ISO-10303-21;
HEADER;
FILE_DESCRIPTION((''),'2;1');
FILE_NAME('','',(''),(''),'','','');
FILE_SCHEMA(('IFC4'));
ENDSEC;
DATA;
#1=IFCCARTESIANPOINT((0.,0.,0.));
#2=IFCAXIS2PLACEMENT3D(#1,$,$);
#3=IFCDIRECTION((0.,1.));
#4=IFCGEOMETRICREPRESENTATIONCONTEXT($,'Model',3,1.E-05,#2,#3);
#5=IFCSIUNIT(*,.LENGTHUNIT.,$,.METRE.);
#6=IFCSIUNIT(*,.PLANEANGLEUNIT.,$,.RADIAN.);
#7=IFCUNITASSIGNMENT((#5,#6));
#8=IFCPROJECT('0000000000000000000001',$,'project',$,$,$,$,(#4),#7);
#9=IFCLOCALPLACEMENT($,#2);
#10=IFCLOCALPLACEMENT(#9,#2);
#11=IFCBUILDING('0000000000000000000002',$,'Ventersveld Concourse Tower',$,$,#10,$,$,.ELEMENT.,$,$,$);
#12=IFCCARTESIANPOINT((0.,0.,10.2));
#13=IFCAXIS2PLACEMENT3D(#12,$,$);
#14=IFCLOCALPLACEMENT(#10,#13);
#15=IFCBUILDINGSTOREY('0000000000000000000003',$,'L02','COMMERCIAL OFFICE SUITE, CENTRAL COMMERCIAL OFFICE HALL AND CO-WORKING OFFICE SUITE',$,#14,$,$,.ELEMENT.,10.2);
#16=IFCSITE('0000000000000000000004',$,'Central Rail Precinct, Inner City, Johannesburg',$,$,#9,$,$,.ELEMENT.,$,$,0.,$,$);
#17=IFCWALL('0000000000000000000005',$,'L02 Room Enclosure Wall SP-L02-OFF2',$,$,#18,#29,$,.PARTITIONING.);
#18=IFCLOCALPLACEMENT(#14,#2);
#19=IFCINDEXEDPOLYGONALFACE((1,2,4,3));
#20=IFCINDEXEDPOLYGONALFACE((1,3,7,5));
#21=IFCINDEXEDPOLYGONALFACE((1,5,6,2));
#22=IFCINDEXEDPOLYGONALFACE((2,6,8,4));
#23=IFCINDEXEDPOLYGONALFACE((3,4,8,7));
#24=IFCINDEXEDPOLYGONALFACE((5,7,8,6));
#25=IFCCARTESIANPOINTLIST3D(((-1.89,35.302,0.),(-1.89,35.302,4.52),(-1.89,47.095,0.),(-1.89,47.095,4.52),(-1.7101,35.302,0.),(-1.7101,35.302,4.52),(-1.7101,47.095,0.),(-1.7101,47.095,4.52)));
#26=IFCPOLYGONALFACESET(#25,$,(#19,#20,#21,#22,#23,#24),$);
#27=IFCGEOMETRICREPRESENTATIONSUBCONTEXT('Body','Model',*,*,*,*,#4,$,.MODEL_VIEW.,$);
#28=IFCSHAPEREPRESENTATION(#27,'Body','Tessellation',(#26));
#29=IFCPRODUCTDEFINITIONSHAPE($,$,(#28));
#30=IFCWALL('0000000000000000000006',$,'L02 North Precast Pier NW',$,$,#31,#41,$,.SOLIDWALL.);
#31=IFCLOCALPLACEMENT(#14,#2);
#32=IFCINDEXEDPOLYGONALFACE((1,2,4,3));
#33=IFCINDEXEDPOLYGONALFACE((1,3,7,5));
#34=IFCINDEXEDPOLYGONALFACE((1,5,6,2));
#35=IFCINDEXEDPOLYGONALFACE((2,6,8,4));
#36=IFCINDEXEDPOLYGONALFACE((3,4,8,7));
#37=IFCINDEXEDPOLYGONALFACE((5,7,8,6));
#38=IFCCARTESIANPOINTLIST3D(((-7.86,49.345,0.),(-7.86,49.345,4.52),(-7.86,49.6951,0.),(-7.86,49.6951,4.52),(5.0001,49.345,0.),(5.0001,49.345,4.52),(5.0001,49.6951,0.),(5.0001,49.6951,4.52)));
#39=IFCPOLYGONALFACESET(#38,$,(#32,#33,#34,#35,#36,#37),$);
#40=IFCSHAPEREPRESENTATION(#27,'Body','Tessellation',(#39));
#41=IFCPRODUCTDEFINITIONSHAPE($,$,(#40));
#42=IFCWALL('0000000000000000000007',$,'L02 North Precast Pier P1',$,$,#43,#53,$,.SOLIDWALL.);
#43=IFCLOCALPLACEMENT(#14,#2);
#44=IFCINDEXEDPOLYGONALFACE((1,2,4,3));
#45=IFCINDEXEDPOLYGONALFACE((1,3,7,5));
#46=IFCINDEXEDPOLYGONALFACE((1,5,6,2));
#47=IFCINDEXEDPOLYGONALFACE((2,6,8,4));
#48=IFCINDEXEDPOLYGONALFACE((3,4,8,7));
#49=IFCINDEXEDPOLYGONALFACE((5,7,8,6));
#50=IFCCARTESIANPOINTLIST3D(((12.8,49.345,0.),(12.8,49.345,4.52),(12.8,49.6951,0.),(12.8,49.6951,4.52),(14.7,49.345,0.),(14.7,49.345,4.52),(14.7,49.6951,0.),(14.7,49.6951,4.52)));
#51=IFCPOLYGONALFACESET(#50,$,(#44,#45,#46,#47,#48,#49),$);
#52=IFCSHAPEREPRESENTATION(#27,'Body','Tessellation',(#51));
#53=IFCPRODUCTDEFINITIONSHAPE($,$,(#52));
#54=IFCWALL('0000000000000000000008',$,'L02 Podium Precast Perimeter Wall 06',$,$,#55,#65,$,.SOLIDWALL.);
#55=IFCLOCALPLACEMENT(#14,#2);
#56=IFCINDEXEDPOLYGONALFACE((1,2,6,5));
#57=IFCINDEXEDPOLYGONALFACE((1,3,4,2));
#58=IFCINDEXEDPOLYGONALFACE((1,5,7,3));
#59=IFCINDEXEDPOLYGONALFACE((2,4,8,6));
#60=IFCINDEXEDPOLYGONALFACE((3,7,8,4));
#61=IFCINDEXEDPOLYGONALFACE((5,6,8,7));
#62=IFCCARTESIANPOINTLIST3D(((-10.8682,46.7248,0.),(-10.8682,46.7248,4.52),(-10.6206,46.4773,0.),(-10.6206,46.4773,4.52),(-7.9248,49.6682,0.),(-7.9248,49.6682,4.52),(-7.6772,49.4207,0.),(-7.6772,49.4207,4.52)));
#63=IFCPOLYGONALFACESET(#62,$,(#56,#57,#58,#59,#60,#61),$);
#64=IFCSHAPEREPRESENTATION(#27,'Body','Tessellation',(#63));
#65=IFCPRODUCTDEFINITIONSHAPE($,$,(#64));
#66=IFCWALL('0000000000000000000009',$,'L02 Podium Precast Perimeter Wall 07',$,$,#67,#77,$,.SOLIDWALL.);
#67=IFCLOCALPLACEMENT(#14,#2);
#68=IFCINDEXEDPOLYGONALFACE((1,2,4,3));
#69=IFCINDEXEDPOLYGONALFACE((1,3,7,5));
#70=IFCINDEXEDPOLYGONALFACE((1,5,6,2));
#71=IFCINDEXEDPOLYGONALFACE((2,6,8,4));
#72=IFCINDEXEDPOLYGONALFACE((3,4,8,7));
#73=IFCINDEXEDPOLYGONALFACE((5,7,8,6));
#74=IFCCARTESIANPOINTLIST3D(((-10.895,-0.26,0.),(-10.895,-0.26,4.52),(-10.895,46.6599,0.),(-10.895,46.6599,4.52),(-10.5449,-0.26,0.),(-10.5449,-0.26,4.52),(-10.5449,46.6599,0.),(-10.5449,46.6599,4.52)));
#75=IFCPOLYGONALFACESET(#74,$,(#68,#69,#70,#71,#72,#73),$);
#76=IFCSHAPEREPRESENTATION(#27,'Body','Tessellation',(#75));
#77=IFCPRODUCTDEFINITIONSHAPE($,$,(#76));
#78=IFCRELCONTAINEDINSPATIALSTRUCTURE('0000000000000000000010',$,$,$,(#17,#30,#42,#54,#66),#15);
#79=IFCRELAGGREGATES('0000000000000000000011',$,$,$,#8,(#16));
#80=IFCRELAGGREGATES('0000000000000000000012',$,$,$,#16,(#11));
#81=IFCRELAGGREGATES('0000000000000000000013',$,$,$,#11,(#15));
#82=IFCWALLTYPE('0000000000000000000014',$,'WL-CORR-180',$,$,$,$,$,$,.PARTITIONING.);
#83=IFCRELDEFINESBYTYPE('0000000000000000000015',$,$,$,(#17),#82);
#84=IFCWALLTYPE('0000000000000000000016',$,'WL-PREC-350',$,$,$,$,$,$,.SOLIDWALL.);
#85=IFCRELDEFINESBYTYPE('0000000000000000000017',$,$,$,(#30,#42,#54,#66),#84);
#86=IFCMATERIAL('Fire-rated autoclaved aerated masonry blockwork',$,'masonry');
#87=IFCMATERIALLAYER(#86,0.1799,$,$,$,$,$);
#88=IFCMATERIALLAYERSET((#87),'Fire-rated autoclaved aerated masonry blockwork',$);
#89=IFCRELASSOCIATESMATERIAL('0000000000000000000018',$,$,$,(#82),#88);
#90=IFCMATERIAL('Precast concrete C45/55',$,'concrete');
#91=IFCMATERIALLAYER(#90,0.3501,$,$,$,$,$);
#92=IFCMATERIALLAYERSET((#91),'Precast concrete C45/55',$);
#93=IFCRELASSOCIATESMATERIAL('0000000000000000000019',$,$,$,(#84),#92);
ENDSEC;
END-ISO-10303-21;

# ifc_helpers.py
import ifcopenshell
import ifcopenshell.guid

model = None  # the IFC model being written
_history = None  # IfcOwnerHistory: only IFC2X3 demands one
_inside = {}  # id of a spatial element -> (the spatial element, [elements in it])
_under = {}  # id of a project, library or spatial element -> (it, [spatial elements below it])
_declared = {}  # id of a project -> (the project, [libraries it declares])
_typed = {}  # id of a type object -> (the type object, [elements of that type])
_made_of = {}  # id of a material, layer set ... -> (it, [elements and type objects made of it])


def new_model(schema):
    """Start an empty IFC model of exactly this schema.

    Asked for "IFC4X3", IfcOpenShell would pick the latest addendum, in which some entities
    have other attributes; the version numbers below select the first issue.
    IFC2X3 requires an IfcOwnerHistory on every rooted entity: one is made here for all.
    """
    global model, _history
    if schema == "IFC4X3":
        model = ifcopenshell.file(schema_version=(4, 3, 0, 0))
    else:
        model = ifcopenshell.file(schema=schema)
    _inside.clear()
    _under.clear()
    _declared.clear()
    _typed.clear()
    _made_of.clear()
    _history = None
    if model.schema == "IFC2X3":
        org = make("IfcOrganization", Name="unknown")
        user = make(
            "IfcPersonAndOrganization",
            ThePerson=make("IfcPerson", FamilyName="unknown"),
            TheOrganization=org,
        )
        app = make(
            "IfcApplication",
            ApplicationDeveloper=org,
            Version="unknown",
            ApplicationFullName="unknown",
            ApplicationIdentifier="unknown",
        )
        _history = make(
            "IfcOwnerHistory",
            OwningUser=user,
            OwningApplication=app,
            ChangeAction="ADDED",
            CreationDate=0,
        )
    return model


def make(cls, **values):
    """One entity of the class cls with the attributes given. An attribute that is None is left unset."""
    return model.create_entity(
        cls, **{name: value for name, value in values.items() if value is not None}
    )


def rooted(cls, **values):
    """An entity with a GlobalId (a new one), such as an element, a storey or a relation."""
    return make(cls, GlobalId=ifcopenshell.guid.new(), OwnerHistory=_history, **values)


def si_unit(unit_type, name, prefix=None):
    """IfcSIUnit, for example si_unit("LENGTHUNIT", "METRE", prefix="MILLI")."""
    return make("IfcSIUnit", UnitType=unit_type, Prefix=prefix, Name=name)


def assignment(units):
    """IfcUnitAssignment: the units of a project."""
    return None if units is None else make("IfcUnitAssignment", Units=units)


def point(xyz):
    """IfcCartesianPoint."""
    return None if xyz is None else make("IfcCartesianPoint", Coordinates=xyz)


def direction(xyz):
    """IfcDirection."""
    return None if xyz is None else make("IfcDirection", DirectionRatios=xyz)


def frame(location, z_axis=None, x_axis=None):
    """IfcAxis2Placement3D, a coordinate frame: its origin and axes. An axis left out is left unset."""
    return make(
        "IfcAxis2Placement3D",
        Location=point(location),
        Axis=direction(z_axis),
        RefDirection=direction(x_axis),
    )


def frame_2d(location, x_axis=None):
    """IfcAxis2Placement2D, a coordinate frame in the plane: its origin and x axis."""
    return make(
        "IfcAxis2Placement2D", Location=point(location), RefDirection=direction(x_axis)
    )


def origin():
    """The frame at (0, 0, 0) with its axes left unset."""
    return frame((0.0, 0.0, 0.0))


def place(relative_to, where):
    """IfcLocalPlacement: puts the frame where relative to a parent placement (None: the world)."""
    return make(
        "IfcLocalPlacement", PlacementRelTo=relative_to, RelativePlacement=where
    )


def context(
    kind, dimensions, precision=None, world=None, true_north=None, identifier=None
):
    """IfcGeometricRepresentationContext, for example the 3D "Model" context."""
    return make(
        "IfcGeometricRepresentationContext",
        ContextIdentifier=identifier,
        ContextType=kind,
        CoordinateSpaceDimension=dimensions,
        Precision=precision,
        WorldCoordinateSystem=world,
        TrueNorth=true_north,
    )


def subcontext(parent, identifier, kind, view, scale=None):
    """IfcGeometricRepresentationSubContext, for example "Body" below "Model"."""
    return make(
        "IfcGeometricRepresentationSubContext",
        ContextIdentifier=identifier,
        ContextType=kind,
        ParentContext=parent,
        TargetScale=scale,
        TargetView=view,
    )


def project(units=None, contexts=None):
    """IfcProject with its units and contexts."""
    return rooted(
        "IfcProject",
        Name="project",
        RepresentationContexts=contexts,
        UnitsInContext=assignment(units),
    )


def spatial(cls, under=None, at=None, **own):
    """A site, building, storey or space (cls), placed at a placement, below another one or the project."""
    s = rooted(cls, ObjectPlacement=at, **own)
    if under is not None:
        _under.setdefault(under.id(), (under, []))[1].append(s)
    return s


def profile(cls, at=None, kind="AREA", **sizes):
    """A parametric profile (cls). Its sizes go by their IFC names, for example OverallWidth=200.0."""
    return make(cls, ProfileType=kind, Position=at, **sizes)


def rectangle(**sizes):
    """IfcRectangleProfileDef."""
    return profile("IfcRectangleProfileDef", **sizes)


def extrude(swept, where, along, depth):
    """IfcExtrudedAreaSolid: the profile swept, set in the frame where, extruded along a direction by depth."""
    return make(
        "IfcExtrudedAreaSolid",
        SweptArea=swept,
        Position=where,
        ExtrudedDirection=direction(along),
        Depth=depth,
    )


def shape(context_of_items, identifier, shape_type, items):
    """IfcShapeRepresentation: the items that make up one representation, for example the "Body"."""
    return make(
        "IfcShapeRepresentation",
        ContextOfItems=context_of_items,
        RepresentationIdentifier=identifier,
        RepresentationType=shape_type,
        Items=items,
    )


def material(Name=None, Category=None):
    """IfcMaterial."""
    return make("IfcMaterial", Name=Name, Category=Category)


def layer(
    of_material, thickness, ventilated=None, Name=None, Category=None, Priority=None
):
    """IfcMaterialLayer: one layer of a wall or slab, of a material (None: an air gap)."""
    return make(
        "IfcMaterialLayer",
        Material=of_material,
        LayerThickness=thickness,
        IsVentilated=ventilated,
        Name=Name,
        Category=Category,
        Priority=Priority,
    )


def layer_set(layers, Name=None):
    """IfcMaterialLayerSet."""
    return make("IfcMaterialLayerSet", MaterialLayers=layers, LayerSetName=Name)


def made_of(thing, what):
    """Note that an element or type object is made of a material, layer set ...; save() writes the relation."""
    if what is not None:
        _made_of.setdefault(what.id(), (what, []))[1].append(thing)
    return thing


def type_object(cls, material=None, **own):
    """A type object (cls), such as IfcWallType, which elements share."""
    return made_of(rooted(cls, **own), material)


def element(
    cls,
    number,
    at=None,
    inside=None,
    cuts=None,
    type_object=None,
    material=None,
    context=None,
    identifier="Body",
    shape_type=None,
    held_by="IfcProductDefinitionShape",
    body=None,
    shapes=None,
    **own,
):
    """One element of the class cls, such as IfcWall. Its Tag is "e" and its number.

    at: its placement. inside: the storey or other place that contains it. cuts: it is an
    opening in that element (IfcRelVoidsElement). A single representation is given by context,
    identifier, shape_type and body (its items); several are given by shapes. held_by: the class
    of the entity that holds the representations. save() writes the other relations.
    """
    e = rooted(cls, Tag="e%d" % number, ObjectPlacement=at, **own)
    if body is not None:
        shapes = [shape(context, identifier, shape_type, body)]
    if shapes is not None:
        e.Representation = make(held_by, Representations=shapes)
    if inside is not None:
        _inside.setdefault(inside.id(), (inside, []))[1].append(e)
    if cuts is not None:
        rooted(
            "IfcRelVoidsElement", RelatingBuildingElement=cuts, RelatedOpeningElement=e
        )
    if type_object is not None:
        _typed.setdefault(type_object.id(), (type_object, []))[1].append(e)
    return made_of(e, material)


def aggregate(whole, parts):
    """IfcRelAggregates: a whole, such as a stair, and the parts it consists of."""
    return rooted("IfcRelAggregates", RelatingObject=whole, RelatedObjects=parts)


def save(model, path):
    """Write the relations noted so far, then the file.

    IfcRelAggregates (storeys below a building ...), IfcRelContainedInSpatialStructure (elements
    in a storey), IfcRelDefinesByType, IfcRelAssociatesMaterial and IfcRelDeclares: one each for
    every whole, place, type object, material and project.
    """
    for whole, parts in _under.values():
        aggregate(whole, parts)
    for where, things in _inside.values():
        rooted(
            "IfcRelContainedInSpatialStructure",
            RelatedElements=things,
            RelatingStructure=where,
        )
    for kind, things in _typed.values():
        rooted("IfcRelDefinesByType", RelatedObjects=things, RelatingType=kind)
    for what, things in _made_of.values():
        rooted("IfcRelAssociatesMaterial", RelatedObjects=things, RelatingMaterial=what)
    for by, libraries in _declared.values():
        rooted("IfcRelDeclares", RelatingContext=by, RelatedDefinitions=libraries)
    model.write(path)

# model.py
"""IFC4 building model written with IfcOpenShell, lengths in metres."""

from ifc_helpers import new_model, si_unit, direction, frame, frame_2d, origin, place, context, subcontext, project, spatial, rectangle, extrude, material, layer, layer_set, type_object, element, save


model = new_model("IFC4")

# Units and contexts
model_context = context("Model", 3, precision=1e-05, world=origin(), true_north=direction((0.0, 1.0)))
body_context = subcontext(model_context, "Body", "Model", "MODEL_VIEW")
ifc_project = project(units=[si_unit("LENGTHUNIT", "METRE"), si_unit("PLANEANGLEUNIT", "RADIAN")], contexts=[model_context])

# Site, building, storey
site_placement = place(None, origin())
site = spatial("IfcSite", under=ifc_project, at=site_placement, Name="Central Rail Precinct, Inner City, Johannesburg", CompositionType="ELEMENT", RefElevation=0.0)
building_placement = place(site_placement, origin())
building = spatial("IfcBuilding", under=site, at=building_placement, Name="Ventersveld Concourse Tower", CompositionType="ELEMENT")
storey_placement = place(building_placement, frame((0.0, 0.0, 10.2)))
storey = spatial("IfcBuildingStorey", under=building, at=storey_placement, Name="L02", Description="COMMERCIAL OFFICE SUITE, CENTRAL COMMERCIAL OFFICE HALL AND CO-WORKING OFFICE SUITE", CompositionType="ELEMENT", Elevation=10.2)

# Walls
ifc_material_1 = material(Name="Fire-rated autoclaved aerated masonry blockwork", Category="masonry")
ifc_layer_1 = layer(ifc_material_1, 0.1799)
ifc_layer_set_1 = layer_set([ifc_layer_1], Name="Fire-rated autoclaved aerated masonry blockwork")
wall_type_1 = type_object("IfcWallType", Name="WL-CORR-180", PredefinedType="PARTITIONING", material=ifc_layer_set_1)
wall_1_placement = place(storey_placement, frame((-1.8, 47.095, 0.0), z_axis=(0.0, 0.0, 1.0), x_axis=(0.0, -1.0, 0.0)))
element("IfcWall", 1, at=wall_1_placement, inside=storey, type_object=wall_type_1, Name="L02 Room Enclosure Wall SP-L02-OFF2", PredefinedType="PARTITIONING", context=body_context, shape_type="SweptSolid", body=[
    extrude(rectangle(XDim=11.793, YDim=0.1799, at=frame_2d((5.8965, 0.0))), origin(), (0.0, 0.0, 1.0), 4.52),
])
ifc_material_2 = material(Name="Precast concrete C45/55", Category="concrete")
ifc_layer_2 = layer(ifc_material_2, 0.3501)
ifc_layer_set_2 = layer_set([ifc_layer_2], Name="Precast concrete C45/55")
wall_type_2 = type_object("IfcWallType", Name="WL-PREC-350", PredefinedType="SOLIDWALL", material=ifc_layer_set_2)
wall_2_placement = place(storey_placement, frame((-7.8601, 49.52, 0.0), z_axis=(0.0, 0.0, 1.0), x_axis=(1.0, 0.0, 0.0)))
element("IfcWall", 2, at=wall_2_placement, inside=storey, type_object=wall_type_2, Name="L02 North Precast Pier NW", PredefinedType="SOLIDWALL", context=body_context, shape_type="SweptSolid", body=[
    extrude(rectangle(XDim=12.8601, YDim=0.3501, at=frame_2d((6.4302, 0.0))), origin(), (0.0, 0.0, 1.0), 4.52),
])
wall_3_placement = place(storey_placement, frame((12.8, 49.52, 0.0), z_axis=(0.0, 0.0, 1.0), x_axis=(1.0, 0.0, 0.0)))
element("IfcWall", 3, at=wall_3_placement, inside=storey, type_object=wall_type_2, Name="L02 North Precast Pier P1", PredefinedType="SOLIDWALL", context=body_context, shape_type="SweptSolid", body=[
    extrude(rectangle(XDim=1.8999, YDim=0.3501, at=frame_2d((0.95, 0.0))), origin(), (0.0, 0.0, 1.0), 4.52),
])
wall_4_placement = place(storey_placement, frame((-7.801, 49.5444, 0.0), z_axis=(0.0, 0.0, 1.0), x_axis=(-0.707107, -0.707107, 0.0)))
element("IfcWall", 4, at=wall_4_placement, inside=storey, type_object=wall_type_2, Name="L02 Podium Precast Perimeter Wall 06", PredefinedType="SOLIDWALL", context=body_context, shape_type="SweptSolid", body=[
    extrude(rectangle(XDim=4.1626, YDim=0.3501, at=frame_2d((2.0813, 0.0))), origin(), (0.0, 0.0, 1.0), 4.52),
])
wall_5_placement = place(storey_placement, frame((-10.72, 46.6599, 0.0), z_axis=(0.0, 0.0, 1.0), x_axis=(0.0, -1.0, 0.0)))
element("IfcWall", 5, at=wall_5_placement, inside=storey, type_object=wall_type_2, Name="L02 Podium Precast Perimeter Wall 07", PredefinedType="SOLIDWALL", context=body_context, shape_type="SweptSolid", body=[
    extrude(rectangle(XDim=46.9199, YDim=0.3501, at=frame_2d((23.46, 0.0))), origin(), (0.0, 0.0, 1.0), 4.52),
])

save(model, "model.ifc")
